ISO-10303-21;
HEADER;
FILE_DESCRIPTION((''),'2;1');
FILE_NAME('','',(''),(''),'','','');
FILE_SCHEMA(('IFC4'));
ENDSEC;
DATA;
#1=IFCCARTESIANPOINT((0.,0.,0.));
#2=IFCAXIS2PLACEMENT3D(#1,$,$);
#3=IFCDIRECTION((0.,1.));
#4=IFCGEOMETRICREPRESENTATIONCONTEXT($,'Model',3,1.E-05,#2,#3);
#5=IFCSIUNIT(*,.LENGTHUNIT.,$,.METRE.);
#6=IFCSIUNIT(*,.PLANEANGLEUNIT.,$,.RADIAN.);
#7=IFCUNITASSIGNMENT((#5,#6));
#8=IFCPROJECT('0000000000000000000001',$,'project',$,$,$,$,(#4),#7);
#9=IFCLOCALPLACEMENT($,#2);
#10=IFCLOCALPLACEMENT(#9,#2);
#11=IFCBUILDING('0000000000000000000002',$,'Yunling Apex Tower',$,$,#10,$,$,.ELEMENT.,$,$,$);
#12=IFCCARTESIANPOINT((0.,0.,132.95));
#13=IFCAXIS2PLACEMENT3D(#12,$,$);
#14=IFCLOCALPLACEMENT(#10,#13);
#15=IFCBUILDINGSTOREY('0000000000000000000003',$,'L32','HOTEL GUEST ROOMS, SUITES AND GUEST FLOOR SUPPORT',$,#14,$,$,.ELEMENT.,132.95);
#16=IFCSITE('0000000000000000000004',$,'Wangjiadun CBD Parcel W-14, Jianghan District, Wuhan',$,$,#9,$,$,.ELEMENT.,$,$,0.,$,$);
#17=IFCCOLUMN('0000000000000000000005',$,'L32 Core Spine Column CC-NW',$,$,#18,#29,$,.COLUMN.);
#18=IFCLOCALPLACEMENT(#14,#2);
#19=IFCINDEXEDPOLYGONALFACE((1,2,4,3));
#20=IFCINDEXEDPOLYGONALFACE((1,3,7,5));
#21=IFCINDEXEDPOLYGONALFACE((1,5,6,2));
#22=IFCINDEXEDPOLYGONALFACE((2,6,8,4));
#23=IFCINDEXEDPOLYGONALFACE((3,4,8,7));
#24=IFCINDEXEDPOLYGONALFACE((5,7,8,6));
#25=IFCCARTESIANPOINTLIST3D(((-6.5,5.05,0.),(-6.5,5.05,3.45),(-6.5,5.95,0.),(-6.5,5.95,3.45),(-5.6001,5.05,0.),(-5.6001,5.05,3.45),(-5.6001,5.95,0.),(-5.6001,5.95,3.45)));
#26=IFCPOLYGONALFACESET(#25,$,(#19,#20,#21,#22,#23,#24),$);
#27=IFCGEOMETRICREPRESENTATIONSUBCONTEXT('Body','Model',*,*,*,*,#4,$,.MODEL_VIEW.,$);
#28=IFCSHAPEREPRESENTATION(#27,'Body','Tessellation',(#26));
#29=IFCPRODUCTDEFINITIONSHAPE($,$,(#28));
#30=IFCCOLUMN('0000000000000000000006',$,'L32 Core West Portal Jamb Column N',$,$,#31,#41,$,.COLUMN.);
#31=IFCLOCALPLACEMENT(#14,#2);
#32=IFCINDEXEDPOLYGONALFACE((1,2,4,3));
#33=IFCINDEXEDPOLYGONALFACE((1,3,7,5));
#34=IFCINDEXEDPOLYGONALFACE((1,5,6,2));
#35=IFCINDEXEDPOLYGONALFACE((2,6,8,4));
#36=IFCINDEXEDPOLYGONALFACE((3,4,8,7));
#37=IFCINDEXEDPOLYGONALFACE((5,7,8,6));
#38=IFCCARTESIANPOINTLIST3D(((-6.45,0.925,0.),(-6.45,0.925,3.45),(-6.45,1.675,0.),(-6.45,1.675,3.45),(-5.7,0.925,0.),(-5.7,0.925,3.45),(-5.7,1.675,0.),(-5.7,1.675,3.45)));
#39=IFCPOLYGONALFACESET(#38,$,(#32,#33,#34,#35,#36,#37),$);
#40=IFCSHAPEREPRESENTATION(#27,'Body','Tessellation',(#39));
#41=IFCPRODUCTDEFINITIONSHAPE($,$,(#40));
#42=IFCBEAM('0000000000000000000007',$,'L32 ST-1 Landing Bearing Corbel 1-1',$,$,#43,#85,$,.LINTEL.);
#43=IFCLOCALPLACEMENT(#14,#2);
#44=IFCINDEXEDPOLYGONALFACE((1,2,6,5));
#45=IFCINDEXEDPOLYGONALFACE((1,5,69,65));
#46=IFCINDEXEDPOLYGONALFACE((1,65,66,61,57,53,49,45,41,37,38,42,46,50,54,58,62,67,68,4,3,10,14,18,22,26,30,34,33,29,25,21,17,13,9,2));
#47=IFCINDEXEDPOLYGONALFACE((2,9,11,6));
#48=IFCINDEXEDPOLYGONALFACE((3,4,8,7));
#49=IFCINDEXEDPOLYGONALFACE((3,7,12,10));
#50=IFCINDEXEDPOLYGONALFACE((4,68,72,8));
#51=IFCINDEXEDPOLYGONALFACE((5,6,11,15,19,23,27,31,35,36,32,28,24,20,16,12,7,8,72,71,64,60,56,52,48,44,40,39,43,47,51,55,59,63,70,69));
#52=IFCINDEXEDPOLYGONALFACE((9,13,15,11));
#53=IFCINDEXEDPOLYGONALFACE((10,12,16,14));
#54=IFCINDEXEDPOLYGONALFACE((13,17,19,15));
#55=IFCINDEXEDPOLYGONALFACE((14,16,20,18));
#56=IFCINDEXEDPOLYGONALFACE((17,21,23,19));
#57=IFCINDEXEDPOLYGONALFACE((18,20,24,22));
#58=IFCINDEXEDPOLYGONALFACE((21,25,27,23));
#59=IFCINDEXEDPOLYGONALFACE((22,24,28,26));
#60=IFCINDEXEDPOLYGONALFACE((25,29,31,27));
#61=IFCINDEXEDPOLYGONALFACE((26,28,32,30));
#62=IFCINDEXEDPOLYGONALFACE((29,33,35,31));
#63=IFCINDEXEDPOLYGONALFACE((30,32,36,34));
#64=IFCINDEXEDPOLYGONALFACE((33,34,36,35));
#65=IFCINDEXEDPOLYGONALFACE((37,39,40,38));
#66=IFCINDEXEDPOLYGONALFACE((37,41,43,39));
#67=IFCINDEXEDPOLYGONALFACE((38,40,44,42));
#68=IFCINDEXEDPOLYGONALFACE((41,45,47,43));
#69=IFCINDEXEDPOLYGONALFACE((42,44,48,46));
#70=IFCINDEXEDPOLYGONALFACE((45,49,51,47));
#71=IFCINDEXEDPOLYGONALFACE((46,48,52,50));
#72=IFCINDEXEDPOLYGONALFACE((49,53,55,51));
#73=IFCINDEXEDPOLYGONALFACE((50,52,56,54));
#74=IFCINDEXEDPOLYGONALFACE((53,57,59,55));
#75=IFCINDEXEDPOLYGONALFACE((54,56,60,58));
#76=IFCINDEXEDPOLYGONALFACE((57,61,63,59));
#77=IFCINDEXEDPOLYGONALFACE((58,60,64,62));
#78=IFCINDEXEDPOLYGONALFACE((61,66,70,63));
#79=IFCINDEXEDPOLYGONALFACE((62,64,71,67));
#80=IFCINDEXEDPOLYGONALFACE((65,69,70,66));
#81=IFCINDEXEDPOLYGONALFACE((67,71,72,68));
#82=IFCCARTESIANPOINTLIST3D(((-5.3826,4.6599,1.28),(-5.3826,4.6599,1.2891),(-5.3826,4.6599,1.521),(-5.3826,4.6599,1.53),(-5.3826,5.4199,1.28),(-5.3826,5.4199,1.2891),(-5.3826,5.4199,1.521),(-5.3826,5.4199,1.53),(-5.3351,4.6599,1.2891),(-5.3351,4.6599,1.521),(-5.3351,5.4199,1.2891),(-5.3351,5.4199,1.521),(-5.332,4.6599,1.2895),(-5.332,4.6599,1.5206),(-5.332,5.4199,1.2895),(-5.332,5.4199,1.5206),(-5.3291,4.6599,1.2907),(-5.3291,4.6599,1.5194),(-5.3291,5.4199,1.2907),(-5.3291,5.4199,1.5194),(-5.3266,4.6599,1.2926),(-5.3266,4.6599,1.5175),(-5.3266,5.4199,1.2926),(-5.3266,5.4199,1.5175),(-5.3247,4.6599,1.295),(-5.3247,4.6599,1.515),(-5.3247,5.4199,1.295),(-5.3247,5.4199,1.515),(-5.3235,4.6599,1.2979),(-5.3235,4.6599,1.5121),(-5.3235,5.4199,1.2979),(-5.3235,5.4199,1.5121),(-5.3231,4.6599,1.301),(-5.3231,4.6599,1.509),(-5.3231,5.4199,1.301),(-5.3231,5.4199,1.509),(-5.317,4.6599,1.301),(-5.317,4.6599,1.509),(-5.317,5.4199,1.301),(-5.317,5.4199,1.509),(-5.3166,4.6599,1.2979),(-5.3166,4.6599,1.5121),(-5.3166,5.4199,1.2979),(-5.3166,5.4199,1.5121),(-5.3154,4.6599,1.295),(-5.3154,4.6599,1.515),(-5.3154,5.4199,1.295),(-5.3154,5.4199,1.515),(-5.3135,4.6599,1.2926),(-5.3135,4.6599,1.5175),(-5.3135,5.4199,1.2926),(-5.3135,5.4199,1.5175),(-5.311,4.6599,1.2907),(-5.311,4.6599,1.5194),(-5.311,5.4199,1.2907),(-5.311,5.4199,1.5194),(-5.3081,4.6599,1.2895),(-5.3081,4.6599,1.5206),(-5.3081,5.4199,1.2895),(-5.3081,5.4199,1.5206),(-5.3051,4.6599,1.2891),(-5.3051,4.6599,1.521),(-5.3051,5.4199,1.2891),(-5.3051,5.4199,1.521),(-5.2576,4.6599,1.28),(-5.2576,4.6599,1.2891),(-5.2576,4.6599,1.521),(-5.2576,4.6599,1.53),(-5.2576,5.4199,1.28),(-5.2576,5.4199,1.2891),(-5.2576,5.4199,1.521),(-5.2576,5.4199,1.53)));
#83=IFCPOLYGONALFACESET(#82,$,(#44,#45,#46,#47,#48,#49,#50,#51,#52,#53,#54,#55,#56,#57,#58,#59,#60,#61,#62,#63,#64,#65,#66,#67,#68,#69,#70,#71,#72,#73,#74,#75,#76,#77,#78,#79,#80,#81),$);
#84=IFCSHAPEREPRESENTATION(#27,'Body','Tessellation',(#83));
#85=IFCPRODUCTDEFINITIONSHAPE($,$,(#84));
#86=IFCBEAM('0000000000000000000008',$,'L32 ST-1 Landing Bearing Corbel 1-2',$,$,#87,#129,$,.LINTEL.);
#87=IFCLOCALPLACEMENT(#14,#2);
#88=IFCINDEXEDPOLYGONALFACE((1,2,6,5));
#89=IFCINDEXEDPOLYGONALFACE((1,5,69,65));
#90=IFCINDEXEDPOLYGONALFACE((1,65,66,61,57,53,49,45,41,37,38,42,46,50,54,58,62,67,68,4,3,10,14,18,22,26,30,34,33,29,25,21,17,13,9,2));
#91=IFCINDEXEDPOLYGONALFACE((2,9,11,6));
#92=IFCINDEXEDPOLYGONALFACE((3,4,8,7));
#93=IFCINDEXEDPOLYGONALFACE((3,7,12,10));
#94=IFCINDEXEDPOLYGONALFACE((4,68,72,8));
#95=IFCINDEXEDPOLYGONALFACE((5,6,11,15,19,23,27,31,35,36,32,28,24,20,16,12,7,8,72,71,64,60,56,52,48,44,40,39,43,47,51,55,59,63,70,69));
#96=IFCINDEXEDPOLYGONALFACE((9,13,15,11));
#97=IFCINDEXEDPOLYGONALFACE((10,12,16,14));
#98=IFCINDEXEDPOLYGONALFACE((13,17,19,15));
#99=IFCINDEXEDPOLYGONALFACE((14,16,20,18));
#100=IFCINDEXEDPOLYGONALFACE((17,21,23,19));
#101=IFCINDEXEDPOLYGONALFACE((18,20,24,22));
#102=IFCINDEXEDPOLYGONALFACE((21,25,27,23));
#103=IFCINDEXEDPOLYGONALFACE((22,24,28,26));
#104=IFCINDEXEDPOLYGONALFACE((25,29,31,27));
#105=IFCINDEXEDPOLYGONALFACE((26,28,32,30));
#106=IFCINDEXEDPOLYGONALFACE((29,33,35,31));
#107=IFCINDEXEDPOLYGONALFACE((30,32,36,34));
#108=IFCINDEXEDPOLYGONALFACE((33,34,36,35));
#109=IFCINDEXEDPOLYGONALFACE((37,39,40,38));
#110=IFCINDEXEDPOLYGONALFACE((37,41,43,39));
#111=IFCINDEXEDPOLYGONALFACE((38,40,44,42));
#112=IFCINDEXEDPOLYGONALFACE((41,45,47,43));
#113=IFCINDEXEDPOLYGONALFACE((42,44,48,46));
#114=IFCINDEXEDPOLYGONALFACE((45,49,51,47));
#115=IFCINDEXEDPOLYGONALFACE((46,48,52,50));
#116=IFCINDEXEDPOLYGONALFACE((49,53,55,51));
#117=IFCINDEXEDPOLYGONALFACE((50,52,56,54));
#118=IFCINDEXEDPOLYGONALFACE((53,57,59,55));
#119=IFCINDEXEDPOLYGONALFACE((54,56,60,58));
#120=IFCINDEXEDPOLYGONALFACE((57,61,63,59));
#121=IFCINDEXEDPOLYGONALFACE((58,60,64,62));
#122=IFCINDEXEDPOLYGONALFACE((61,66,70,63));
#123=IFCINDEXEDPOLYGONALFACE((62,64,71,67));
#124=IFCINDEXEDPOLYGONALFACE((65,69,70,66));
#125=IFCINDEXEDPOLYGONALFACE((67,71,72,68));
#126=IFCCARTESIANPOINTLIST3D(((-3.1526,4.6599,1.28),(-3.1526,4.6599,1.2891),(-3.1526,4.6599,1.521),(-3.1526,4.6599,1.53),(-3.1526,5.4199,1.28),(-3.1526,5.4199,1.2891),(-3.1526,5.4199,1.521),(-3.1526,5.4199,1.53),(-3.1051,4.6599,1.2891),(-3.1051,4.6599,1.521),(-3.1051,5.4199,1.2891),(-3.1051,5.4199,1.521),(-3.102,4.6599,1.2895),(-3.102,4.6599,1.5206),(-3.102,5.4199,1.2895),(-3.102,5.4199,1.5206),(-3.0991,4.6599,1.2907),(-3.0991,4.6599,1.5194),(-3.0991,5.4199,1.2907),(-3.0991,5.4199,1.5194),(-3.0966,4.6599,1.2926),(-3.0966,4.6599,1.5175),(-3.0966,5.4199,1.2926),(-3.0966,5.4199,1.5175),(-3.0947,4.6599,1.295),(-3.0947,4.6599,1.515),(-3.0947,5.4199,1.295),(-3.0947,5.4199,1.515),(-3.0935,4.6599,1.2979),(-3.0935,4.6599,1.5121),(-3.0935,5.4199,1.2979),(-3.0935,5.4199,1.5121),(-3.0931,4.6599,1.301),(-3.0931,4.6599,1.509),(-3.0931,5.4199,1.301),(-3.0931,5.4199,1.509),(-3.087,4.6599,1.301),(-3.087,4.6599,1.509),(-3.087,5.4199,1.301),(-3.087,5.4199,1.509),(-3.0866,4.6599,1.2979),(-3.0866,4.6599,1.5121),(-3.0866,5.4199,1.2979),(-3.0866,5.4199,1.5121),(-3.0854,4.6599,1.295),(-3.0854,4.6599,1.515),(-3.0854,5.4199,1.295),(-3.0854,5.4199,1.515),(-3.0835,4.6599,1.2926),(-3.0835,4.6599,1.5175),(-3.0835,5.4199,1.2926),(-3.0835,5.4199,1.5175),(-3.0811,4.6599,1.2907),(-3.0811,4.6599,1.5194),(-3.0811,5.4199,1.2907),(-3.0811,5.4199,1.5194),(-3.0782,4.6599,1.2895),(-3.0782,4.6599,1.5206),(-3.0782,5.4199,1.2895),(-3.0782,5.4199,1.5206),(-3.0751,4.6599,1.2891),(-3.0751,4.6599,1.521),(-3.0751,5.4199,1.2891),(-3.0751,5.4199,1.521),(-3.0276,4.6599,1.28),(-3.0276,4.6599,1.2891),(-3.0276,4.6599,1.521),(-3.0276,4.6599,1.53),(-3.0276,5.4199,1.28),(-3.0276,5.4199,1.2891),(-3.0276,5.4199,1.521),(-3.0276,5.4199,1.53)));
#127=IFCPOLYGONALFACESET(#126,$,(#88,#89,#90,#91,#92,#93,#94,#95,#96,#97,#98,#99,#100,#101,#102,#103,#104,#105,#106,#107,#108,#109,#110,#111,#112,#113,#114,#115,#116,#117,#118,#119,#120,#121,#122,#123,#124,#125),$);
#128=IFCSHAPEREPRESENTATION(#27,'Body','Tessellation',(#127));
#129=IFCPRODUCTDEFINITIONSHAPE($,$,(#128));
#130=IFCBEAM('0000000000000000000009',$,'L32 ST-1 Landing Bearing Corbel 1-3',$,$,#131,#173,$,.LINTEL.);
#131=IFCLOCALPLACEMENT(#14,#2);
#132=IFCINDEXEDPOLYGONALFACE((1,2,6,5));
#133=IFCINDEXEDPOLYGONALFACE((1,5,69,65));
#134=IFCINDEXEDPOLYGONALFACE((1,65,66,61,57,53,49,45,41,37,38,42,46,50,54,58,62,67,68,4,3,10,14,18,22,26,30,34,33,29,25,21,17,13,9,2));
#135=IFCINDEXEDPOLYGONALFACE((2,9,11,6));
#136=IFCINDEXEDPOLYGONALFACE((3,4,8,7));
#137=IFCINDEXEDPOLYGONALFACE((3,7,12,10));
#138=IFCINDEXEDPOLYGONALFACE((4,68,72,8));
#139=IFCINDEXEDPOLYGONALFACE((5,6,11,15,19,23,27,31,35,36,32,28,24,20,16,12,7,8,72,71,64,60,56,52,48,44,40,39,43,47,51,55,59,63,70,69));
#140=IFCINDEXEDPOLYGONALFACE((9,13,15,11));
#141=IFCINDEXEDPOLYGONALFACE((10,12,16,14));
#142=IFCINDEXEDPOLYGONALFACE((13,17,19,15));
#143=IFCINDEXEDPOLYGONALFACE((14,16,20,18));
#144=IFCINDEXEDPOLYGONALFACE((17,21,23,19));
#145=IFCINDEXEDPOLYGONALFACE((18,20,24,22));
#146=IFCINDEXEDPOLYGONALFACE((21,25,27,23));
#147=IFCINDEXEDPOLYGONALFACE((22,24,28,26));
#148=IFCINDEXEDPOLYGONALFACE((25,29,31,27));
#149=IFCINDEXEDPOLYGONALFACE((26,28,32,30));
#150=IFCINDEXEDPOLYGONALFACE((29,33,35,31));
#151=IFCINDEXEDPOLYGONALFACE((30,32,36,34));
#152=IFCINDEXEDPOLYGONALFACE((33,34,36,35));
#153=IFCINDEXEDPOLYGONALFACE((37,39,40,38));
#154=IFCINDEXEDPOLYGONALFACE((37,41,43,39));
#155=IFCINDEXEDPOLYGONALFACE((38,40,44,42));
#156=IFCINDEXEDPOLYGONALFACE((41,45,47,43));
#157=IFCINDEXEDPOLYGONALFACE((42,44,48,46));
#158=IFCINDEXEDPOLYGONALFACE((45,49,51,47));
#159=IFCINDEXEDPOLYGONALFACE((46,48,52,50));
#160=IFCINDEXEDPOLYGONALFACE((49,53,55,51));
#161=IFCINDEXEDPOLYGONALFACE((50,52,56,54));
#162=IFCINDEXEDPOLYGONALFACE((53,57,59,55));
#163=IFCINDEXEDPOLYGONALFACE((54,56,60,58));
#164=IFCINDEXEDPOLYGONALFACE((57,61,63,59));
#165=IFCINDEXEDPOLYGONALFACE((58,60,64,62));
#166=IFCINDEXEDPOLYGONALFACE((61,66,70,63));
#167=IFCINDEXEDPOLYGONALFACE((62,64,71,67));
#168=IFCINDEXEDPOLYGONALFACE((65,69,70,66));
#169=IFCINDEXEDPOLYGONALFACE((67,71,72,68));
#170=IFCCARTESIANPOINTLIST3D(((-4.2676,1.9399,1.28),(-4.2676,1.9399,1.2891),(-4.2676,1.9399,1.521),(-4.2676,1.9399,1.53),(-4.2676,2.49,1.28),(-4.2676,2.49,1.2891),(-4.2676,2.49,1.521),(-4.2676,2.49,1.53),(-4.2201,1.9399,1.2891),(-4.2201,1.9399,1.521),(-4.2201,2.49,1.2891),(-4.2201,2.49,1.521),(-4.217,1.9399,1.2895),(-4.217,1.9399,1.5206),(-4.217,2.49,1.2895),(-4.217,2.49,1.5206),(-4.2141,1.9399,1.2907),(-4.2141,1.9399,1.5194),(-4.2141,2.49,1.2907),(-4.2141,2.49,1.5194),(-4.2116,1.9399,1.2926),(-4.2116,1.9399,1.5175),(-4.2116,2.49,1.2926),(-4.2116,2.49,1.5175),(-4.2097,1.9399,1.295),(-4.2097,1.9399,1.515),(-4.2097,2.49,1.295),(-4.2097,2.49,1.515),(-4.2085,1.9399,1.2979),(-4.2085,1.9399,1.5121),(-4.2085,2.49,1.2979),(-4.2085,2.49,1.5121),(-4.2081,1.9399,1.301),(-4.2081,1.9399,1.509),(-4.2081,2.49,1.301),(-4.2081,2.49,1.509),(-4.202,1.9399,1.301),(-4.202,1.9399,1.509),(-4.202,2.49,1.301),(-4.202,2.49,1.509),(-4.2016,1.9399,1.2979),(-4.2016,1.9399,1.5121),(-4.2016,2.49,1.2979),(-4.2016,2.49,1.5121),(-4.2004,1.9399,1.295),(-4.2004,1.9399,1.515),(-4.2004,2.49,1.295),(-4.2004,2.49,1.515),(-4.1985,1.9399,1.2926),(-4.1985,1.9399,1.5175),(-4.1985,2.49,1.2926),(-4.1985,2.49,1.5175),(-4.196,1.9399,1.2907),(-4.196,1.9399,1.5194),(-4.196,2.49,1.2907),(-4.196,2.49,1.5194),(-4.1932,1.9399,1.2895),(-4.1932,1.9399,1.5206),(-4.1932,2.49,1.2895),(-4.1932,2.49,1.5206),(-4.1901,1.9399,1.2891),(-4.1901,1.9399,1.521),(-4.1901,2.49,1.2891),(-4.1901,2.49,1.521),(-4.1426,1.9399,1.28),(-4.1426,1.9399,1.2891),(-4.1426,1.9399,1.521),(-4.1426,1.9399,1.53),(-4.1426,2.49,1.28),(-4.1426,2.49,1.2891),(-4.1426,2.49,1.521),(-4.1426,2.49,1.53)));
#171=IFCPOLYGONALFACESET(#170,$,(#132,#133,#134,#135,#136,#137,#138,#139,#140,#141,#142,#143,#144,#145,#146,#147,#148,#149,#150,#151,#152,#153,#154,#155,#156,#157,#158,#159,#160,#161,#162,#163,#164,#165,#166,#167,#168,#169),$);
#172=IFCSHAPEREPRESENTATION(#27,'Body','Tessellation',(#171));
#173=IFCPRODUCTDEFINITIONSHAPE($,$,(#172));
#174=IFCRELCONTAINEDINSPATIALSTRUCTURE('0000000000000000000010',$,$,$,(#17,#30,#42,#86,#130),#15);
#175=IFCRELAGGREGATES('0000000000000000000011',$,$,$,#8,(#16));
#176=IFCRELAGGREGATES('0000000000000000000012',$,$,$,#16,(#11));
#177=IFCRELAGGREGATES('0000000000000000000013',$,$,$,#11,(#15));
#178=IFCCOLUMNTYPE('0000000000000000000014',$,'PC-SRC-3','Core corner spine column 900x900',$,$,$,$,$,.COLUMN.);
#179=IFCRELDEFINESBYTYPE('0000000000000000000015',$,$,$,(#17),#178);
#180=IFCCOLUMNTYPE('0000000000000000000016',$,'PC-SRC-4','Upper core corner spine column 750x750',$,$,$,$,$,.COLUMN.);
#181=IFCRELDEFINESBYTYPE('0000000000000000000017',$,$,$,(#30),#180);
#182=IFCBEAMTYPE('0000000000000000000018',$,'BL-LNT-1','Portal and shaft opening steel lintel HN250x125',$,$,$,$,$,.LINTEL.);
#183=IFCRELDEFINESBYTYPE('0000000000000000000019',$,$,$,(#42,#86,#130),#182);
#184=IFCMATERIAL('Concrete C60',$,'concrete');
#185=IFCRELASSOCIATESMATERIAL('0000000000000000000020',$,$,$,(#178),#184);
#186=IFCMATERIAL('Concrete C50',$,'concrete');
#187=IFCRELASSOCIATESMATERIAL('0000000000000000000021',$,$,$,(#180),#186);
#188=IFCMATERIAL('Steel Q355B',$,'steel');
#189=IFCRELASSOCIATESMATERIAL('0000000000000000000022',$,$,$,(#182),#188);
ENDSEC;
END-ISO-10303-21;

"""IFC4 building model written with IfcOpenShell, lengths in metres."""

from ifc_helpers import new_model, si_unit, direction, frame, origin, origin_2d, place, context, subcontext, project, spatial, rectangle, i_section, extrude, source, transform, mapped, material, material_profile, profile_set, type_object, element, save


model = new_model("IFC4")

# Units and contexts
model_context = context("Model", 3, precision=1e-05, world=origin(), true_north=direction((0.0, 1.0)))
body_context = subcontext(model_context, "Body", "Model", "MODEL_VIEW")
ifc_project = project(units=[si_unit("LENGTHUNIT", "METRE"), si_unit("PLANEANGLEUNIT", "RADIAN")], contexts=[model_context])

# Site, building, storey
site_placement = place(None, origin())
site = spatial("IfcSite", under=ifc_project, at=site_placement, Name="Wangjiadun CBD Parcel W-14, Jianghan District, Wuhan", CompositionType="ELEMENT", RefElevation=0.0)
building_placement = place(site_placement, origin())
building = spatial("IfcBuilding", under=site, at=building_placement, Name="Yunling Apex Tower", CompositionType="ELEMENT")
storey_placement = place(building_placement, frame((0.0, 0.0, 132.95)))
storey = spatial("IfcBuildingStorey", under=building, at=storey_placement, Name="L32", Description="HOTEL GUEST ROOMS, SUITES AND GUEST FLOOR SUPPORT", CompositionType="ELEMENT", Elevation=132.95)

# Columns
ifc_material_1 = material(Name="Concrete C60", Category="concrete")
ifc_material_profile_1 = material_profile(ifc_material_1, rectangle(XDim=0.8999, YDim=0.8999, at=origin_2d()))
ifc_profile_set_1 = profile_set([ifc_material_profile_1], Name="Concrete C60")
column_type_1 = type_object("IfcColumnType", Name="PC-SRC-3", Description="Core corner spine column 900x900", PredefinedType="COLUMN", material=ifc_profile_set_1)
shared_shape_1 = source(origin(), body_context, "Body", "SweptSolid", [
    extrude(rectangle(XDim=0.8999, YDim=0.8999, at=origin_2d()), origin(), (0.0, 0.0, 1.0), 3.45),
])
column_1_placement = place(storey_placement, frame((-6.05, 5.5, 0.0), z_axis=(0.0, 0.0, 1.0), x_axis=(1.0, 0.0, 0.0)))
element("IfcColumn", 1, at=column_1_placement, inside=storey, type_object=column_type_1, Name="L32 Core Spine Column CC-NW", PredefinedType="COLUMN", context=body_context, shape_type="MappedRepresentation", body=[
    mapped(shared_shape_1, transform((0.0, 0.0, 0.0), scale=1.0)),
])
ifc_material_2 = material(Name="Concrete C50", Category="concrete")
ifc_material_profile_2 = material_profile(ifc_material_2, rectangle(XDim=0.75, YDim=0.75, at=origin_2d()))
ifc_profile_set_2 = profile_set([ifc_material_profile_2], Name="Concrete C50")
column_type_2 = type_object("IfcColumnType", Name="PC-SRC-4", Description="Upper core corner spine column 750x750", PredefinedType="COLUMN", material=ifc_profile_set_2)
shared_shape_2 = source(origin(), body_context, "Body", "SweptSolid", [
    extrude(rectangle(XDim=0.75, YDim=0.75, at=origin_2d()), origin(), (0.0, 0.0, 1.0), 3.45),
])
column_2_placement = place(storey_placement, frame((-6.075, 1.3, 0.0), z_axis=(0.0, 0.0, 1.0), x_axis=(1.0, 0.0, 0.0)))
element("IfcColumn", 2, at=column_2_placement, inside=storey, type_object=column_type_2, Name="L32 Core West Portal Jamb Column N", PredefinedType="COLUMN", context=body_context, shape_type="MappedRepresentation", body=[
    mapped(shared_shape_2, transform((0.0, 0.0, 0.0), scale=1.0)),
])

# Beams
ifc_material_3 = material(Name="Steel Q355B", Category="steel")
ifc_material_profile_3 = material_profile(ifc_material_3, i_section(OverallWidth=0.125, OverallDepth=0.25, WebThickness=0.0061, FlangeThickness=0.009, FilletRadius=0.012, at=origin_2d()))
ifc_profile_set_3 = profile_set([ifc_material_profile_3], Name="Steel Q355B")
beam_type_1 = type_object("IfcBeamType", Name="BL-LNT-1", Description="Portal and shaft opening steel lintel HN250x125", PredefinedType="LINTEL", material=ifc_profile_set_3)
shared_shape_3 = source(origin(), body_context, "Body", "SweptSolid", [
    extrude(i_section(OverallWidth=0.125, OverallDepth=0.25, WebThickness=0.0061, FlangeThickness=0.009, FilletRadius=0.012, at=origin_2d()), origin(), (0.0, 0.0, 1.0), 0.76),
])
for number, where, z_axis, x_axis, name in (
    (3, (-5.3201, 5.4199, 1.405), (0.0, -1.0, 0.0), (1.0, 0.0, 0.0), "L32 ST-1 Landing Bearing Corbel 1-1"),
    (4, (-3.0901, 5.4199, 1.405), (0.0, -1.0, 0.0), (1.0, 0.0, 0.0), "L32 ST-1 Landing Bearing Corbel 1-2"),
):
    element("IfcBeam", number, at=place(storey_placement, frame(where, z_axis=z_axis, x_axis=x_axis)), inside=storey, type_object=beam_type_1, Name=name, PredefinedType="LINTEL", context=body_context, shape_type="MappedRepresentation", body=[
        mapped(shared_shape_3, transform((0.0, 0.0, 0.0), scale=1.0)),
    ])
shared_shape_4 = source(origin(), body_context, "Body", "SweptSolid", [
    extrude(i_section(OverallWidth=0.125, OverallDepth=0.25, WebThickness=0.0061, FlangeThickness=0.009, FilletRadius=0.012, at=origin_2d()), origin(), (0.0, 0.0, 1.0), 0.55),
])
beam_1_placement = place(storey_placement, frame((-4.2051, 1.9399, 1.405), z_axis=(0.0, 1.0, 0.0), x_axis=(-1.0, 0.0, 0.0)))
element("IfcBeam", 5, at=beam_1_placement, inside=storey, type_object=beam_type_1, Name="L32 ST-1 Landing Bearing Corbel 1-3", PredefinedType="LINTEL", context=body_context, shape_type="MappedRepresentation", body=[
    mapped(shared_shape_4, transform((0.0, 0.0, 0.0), scale=1.0)),
])

save(model, "model.ifc")
